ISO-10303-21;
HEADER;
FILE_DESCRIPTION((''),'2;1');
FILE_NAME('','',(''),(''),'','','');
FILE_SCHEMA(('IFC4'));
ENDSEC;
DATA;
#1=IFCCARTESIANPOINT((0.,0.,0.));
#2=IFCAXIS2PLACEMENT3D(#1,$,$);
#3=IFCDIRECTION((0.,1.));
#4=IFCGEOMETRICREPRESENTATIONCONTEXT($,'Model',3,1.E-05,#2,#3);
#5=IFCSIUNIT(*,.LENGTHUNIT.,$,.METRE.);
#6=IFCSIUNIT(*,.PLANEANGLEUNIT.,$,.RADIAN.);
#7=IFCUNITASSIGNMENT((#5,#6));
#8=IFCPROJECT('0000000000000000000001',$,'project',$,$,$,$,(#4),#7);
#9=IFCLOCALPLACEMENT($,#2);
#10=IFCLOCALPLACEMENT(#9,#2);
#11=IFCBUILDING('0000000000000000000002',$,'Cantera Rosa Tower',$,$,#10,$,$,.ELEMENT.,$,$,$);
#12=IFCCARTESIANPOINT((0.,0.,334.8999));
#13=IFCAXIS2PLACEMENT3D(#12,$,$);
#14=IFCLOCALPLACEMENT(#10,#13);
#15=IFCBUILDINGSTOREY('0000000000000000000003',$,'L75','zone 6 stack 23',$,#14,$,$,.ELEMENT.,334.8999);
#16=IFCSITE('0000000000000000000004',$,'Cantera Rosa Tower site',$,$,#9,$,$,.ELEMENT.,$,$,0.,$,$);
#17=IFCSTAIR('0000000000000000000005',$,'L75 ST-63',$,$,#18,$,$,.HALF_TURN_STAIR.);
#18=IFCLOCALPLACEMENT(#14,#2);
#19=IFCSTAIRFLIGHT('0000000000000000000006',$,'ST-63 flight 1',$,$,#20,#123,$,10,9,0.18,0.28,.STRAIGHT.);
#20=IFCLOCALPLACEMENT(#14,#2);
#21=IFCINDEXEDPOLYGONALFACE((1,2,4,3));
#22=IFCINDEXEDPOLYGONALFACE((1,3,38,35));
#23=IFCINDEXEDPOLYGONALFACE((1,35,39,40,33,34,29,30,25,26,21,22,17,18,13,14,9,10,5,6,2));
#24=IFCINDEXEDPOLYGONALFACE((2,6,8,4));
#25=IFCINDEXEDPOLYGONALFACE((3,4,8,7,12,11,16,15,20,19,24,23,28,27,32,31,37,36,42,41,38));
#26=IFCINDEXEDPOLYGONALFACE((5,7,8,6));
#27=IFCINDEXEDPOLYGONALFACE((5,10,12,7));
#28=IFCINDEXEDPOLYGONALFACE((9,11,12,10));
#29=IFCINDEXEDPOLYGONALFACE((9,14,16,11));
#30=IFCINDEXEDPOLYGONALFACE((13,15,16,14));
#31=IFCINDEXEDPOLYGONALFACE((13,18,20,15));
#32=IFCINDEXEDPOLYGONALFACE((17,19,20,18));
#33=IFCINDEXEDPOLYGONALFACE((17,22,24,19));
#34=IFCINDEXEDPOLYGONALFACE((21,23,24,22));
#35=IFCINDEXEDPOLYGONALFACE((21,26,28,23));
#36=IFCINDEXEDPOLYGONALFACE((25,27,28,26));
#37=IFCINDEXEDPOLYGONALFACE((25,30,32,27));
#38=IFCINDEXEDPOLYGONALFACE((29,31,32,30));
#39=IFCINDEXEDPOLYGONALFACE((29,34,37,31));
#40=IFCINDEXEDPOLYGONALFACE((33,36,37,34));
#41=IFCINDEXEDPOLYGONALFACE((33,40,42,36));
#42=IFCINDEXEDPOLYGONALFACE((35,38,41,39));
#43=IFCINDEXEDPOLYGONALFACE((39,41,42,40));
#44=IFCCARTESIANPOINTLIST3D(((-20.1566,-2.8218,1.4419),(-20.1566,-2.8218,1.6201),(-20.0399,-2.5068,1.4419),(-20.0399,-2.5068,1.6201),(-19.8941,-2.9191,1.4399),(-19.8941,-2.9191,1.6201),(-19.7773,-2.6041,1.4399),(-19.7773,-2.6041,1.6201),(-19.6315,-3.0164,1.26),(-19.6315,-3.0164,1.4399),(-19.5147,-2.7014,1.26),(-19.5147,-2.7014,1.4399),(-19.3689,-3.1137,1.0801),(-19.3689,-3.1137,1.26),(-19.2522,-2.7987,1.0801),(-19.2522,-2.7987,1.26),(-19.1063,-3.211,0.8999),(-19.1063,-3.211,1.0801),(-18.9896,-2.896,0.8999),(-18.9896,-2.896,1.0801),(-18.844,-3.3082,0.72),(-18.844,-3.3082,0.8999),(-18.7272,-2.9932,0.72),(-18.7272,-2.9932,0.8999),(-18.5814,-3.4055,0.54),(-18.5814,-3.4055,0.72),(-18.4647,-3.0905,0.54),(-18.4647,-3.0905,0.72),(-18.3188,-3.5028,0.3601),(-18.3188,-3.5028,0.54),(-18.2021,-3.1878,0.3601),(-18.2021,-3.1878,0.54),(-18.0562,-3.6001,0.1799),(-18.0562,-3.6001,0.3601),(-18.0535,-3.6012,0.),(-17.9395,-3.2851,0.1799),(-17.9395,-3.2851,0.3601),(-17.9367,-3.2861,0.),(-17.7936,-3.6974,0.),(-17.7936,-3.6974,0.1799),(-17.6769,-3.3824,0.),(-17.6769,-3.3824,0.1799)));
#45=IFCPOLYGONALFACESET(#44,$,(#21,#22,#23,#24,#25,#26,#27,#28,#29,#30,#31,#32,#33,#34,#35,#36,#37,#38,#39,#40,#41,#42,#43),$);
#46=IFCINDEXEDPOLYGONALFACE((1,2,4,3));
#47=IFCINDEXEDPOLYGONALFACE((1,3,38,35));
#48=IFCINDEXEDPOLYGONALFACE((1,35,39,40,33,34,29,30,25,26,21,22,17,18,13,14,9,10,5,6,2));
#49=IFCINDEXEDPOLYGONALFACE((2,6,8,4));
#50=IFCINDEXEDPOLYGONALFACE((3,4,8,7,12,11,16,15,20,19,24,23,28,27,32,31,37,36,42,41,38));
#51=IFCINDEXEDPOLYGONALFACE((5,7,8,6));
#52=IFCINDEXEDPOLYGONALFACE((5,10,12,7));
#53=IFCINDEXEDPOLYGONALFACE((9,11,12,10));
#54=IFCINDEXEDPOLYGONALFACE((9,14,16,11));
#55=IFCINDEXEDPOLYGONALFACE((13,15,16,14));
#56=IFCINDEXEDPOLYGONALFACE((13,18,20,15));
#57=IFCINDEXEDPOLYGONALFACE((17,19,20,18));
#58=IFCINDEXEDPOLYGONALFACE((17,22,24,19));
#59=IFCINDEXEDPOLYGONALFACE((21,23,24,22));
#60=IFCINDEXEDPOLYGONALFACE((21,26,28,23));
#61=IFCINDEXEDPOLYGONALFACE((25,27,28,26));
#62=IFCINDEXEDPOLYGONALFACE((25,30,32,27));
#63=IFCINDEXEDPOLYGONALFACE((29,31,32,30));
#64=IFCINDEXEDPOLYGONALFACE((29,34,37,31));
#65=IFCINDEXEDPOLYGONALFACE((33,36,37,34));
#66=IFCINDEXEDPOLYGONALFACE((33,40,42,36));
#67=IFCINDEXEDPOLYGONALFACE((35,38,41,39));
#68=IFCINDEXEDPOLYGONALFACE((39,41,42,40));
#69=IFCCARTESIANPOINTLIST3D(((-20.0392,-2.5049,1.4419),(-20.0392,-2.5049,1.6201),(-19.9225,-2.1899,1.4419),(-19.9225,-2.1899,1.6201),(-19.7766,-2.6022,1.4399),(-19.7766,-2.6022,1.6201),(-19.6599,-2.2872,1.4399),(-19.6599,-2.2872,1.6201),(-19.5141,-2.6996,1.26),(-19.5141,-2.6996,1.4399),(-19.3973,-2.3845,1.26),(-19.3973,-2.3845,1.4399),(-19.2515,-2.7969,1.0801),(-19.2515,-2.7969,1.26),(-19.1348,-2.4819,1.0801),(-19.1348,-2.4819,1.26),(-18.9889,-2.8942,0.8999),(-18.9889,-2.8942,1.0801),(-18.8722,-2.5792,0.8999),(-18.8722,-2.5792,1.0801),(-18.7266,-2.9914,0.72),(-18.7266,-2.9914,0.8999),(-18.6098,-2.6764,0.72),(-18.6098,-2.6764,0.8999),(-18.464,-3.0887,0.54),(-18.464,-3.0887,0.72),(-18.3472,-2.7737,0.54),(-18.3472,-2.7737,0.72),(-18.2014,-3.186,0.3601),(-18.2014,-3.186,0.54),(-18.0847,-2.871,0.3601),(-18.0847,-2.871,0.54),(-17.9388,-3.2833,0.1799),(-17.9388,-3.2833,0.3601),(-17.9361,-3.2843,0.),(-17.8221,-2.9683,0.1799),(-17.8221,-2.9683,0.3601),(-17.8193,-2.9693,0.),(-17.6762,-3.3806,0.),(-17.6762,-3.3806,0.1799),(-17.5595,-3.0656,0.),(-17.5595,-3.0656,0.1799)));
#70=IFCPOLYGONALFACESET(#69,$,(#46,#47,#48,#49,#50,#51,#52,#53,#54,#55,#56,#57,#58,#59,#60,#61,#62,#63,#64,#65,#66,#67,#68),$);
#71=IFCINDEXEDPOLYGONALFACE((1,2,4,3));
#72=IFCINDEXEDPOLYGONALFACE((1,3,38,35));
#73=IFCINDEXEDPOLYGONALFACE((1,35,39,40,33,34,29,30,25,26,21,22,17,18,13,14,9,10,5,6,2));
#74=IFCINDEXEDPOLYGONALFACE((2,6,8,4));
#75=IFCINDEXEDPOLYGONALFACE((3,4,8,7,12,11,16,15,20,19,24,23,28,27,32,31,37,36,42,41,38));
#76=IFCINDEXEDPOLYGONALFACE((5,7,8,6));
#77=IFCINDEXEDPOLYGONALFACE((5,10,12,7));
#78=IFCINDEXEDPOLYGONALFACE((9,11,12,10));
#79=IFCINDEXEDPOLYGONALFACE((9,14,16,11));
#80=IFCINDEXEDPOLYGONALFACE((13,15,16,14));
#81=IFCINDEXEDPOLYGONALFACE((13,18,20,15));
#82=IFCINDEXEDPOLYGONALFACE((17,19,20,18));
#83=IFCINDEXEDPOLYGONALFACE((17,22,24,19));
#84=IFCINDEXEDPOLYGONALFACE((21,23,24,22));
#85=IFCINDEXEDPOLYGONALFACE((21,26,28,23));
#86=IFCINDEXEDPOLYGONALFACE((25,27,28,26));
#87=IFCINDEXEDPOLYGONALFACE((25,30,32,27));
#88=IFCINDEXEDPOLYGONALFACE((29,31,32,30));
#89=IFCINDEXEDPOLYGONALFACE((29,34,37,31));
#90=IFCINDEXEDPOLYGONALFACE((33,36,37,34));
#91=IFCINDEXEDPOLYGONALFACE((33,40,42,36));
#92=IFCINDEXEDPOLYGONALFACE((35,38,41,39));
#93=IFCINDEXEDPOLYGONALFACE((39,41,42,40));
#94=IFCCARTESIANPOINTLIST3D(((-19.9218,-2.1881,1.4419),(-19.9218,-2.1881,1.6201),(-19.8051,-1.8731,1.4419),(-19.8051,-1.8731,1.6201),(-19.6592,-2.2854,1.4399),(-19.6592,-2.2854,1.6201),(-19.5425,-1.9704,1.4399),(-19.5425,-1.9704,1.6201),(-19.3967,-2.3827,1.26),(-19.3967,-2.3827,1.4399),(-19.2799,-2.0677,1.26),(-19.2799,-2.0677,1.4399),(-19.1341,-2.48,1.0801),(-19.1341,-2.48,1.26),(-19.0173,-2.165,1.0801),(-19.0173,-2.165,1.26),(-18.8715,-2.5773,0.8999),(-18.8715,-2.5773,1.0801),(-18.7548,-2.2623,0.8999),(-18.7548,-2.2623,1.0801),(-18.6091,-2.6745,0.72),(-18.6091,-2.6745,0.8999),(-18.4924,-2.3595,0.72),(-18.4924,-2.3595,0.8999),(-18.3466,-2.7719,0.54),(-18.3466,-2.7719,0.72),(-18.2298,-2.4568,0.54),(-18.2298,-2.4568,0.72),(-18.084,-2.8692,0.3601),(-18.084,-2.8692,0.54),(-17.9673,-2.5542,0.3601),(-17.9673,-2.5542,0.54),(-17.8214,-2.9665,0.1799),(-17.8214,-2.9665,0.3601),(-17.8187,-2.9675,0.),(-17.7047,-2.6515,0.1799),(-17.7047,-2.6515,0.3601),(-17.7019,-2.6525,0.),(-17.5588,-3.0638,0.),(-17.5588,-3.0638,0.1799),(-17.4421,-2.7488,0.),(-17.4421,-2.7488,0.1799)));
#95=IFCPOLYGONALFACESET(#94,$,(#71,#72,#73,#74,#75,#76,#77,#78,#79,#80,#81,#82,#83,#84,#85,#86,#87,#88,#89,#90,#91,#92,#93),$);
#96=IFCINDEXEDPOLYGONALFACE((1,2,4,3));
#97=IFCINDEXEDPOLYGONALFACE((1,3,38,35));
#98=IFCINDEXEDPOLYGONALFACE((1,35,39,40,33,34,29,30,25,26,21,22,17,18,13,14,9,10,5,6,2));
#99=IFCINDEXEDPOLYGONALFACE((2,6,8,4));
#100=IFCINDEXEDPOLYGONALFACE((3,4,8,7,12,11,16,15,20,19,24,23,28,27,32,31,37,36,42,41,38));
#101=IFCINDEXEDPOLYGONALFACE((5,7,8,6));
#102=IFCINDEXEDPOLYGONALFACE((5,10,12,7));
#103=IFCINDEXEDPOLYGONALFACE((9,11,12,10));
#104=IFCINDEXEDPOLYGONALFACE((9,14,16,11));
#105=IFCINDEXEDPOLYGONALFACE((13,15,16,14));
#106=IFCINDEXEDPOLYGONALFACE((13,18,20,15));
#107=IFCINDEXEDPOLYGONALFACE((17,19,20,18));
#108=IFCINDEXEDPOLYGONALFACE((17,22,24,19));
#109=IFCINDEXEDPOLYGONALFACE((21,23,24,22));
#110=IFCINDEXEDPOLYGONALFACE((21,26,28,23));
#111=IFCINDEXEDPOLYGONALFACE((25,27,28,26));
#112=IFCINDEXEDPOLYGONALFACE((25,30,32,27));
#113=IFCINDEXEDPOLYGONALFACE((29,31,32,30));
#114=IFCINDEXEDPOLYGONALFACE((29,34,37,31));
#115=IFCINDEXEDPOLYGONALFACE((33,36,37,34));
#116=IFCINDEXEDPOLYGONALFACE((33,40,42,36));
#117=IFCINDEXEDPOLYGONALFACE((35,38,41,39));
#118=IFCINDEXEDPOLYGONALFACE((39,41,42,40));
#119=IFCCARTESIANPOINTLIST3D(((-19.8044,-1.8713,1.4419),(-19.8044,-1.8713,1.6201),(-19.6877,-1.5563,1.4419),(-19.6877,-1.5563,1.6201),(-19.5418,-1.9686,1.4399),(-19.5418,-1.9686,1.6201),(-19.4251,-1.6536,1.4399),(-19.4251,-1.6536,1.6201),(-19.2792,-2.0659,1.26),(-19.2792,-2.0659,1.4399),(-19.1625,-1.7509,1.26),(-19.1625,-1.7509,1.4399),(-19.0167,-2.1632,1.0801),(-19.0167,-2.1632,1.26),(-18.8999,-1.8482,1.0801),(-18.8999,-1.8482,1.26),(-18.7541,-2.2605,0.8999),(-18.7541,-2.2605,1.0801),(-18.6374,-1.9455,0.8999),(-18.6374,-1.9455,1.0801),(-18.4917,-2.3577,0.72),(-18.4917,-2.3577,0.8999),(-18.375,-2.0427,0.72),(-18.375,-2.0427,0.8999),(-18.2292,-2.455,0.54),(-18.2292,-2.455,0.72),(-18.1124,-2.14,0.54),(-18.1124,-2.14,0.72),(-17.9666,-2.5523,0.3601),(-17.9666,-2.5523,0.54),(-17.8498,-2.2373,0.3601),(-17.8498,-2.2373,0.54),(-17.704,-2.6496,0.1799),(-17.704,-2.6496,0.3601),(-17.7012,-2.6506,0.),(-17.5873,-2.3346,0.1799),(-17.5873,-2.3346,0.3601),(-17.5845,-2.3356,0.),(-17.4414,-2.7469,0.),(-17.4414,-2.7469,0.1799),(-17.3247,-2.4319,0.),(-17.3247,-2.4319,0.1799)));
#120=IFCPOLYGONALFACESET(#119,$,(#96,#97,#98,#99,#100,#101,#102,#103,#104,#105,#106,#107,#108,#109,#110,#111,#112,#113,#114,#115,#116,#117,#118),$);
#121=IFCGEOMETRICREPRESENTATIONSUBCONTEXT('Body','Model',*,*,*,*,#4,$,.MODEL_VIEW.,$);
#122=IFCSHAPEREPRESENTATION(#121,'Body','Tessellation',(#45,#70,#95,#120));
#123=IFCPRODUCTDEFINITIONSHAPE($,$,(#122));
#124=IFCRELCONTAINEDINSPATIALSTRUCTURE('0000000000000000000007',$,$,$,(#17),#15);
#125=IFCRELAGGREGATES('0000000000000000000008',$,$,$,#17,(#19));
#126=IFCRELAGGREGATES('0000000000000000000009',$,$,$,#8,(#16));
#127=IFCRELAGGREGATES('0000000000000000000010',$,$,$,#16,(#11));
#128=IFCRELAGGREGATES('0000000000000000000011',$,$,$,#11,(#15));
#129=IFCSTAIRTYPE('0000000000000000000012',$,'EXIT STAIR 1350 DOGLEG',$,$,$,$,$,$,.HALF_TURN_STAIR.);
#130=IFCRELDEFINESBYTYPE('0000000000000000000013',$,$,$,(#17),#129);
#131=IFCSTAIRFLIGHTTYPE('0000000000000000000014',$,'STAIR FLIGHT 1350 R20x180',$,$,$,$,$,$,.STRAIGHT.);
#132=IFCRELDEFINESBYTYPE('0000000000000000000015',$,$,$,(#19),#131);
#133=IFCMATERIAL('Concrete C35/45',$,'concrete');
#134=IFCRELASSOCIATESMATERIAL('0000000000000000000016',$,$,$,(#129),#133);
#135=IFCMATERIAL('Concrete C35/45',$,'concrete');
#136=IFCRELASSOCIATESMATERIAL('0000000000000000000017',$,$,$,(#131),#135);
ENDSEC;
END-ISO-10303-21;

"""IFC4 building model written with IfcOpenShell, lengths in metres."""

from ifc_helpers import new_model, si_unit, direction, frame, origin, place, context, subcontext, project, spatial, polyline, outline, extrude, material, type_object, element, aggregate, save


model = new_model("IFC4")

# Units and contexts
model_context = context("Model", 3, precision=1e-05, world=origin(), true_north=direction((0.0, 1.0)))
body_context = subcontext(model_context, "Body", "Model", "MODEL_VIEW")
ifc_project = project(units=[si_unit("LENGTHUNIT", "METRE"), si_unit("PLANEANGLEUNIT", "RADIAN")], contexts=[model_context])

# Site, building, storey
site_placement = place(None, origin())
site = spatial("IfcSite", under=ifc_project, at=site_placement, Name="Cantera Rosa Tower site", CompositionType="ELEMENT", RefElevation=0.0)
building_placement = place(site_placement, origin())
building = spatial("IfcBuilding", under=site, at=building_placement, Name="Cantera Rosa Tower", CompositionType="ELEMENT")
storey_placement = place(building_placement, frame((0.0, 0.0, 334.8999)))
storey = spatial("IfcBuildingStorey", under=building, at=storey_placement, Name="L75", Description="zone 6 stack 23", CompositionType="ELEMENT", Elevation=334.8999)

# Stair, stair flight
ifc_material_1 = material(Name="Concrete C35/45", Category="concrete")
stair_type = type_object("IfcStairType", Name="EXIT STAIR 1350 DOGLEG", PredefinedType="HALF_TURN_STAIR", material=ifc_material_1)
stair_placement = place(storey_placement, origin())
stair = element("IfcStair", 1, at=stair_placement, inside=storey, type_object=stair_type, Name="L75 ST-63", PredefinedType="HALF_TURN_STAIR")
ifc_material_2 = material(Name="Concrete C35/45", Category="concrete")
stair_flight_type = type_object("IfcStairFlightType", Name="STAIR FLIGHT 1350 R20x180", PredefinedType="STRAIGHT", material=ifc_material_2)
stair_flight_1_placement = place(storey_placement, frame((-17.5591, -3.0645, 0.0), z_axis=(0.0, 0.0, 1.0), x_axis=(-0.937687, 0.347481, 0.0)))
stair_flight_1 = element("IfcStairFlight", 2, at=stair_flight_1_placement, type_object=stair_flight_type, Name="ST-63 flight 1", NumberOfRisers=10, NumberOfTreads=9, PredefinedType="STRAIGHT", RiserHeight=0.18, TreadLength=0.28, context=body_context, shape_type="SweptSolid", body=[
    extrude(outline(polyline([(0.0, 0.0), (0.0, 0.1799), (0.28, 0.1799), (0.28, 0.3601), (0.5601, 0.3601), (0.5601, 0.54), (0.8401, 0.54), (0.8401, 0.72), (1.1201, 0.72), (1.1201, 0.8999), (1.3999, 0.8999), (1.3999, 1.0801), (1.6799, 1.0801), (1.6799, 1.26), (1.96, 1.26), (1.96, 1.4399), (2.24, 1.4399), (2.24, 1.6201), (2.52, 1.6201), (2.52, 1.8), (2.52, 1.4419), (0.2771, 0.0), (0.0, 0.0)])), frame((0.0, 0.675, 0.0), z_axis=(0.0, -1.0, 0.0), x_axis=(1.0, 0.0, 0.0)), (0.0, 0.0, 1.0), 0.3359),
    extrude(outline(polyline([(0.0, 0.0), (0.0, 0.1799), (0.28, 0.1799), (0.28, 0.3601), (0.5601, 0.3601), (0.5601, 0.54), (0.8401, 0.54), (0.8401, 0.72), (1.1201, 0.72), (1.1201, 0.8999), (1.3999, 0.8999), (1.3999, 1.0801), (1.6799, 1.0801), (1.6799, 1.26), (1.96, 1.26), (1.96, 1.4399), (2.24, 1.4399), (2.24, 1.6201), (2.52, 1.6201), (2.52, 1.8), (2.52, 1.4419), (0.2771, 0.0), (0.0, 0.0)])), frame((0.0, 0.3372, 0.0), z_axis=(0.0, -1.0, 0.0), x_axis=(1.0, 0.0, 0.0)), (0.0, 0.0, 1.0), 0.3359),
    extrude(outline(polyline([(0.0, 0.0), (0.0, 0.1799), (0.28, 0.1799), (0.28, 0.3601), (0.5601, 0.3601), (0.5601, 0.54), (0.8401, 0.54), (0.8401, 0.72), (1.1201, 0.72), (1.1201, 0.8999), (1.3999, 0.8999), (1.3999, 1.0801), (1.6799, 1.0801), (1.6799, 1.26), (1.96, 1.26), (1.96, 1.4399), (2.24, 1.4399), (2.24, 1.6201), (2.52, 1.6201), (2.52, 1.8), (2.52, 1.4419), (0.2771, 0.0), (0.0, 0.0)])), frame((0.0, -0.0007, 0.0), z_axis=(0.0, -1.0, 0.0), x_axis=(1.0, 0.0, 0.0)), (0.0, 0.0, 1.0), 0.3359),
    extrude(outline(polyline([(0.0, 0.0), (0.0, 0.1799), (0.28, 0.1799), (0.28, 0.3601), (0.5601, 0.3601), (0.5601, 0.54), (0.8401, 0.54), (0.8401, 0.72), (1.1201, 0.72), (1.1201, 0.8999), (1.3999, 0.8999), (1.3999, 1.0801), (1.6799, 1.0801), (1.6799, 1.26), (1.96, 1.26), (1.96, 1.4399), (2.24, 1.4399), (2.24, 1.6201), (2.52, 1.6201), (2.52, 1.8), (2.52, 1.4419), (0.2771, 0.0), (0.0, 0.0)])), frame((0.0, -0.3386, 0.0), z_axis=(0.0, -1.0, 0.0), x_axis=(1.0, 0.0, 0.0)), (0.0, 0.0, 1.0), 0.3359),
])
aggregate(stair, [stair_flight_1])

save(model, "model.ifc")
